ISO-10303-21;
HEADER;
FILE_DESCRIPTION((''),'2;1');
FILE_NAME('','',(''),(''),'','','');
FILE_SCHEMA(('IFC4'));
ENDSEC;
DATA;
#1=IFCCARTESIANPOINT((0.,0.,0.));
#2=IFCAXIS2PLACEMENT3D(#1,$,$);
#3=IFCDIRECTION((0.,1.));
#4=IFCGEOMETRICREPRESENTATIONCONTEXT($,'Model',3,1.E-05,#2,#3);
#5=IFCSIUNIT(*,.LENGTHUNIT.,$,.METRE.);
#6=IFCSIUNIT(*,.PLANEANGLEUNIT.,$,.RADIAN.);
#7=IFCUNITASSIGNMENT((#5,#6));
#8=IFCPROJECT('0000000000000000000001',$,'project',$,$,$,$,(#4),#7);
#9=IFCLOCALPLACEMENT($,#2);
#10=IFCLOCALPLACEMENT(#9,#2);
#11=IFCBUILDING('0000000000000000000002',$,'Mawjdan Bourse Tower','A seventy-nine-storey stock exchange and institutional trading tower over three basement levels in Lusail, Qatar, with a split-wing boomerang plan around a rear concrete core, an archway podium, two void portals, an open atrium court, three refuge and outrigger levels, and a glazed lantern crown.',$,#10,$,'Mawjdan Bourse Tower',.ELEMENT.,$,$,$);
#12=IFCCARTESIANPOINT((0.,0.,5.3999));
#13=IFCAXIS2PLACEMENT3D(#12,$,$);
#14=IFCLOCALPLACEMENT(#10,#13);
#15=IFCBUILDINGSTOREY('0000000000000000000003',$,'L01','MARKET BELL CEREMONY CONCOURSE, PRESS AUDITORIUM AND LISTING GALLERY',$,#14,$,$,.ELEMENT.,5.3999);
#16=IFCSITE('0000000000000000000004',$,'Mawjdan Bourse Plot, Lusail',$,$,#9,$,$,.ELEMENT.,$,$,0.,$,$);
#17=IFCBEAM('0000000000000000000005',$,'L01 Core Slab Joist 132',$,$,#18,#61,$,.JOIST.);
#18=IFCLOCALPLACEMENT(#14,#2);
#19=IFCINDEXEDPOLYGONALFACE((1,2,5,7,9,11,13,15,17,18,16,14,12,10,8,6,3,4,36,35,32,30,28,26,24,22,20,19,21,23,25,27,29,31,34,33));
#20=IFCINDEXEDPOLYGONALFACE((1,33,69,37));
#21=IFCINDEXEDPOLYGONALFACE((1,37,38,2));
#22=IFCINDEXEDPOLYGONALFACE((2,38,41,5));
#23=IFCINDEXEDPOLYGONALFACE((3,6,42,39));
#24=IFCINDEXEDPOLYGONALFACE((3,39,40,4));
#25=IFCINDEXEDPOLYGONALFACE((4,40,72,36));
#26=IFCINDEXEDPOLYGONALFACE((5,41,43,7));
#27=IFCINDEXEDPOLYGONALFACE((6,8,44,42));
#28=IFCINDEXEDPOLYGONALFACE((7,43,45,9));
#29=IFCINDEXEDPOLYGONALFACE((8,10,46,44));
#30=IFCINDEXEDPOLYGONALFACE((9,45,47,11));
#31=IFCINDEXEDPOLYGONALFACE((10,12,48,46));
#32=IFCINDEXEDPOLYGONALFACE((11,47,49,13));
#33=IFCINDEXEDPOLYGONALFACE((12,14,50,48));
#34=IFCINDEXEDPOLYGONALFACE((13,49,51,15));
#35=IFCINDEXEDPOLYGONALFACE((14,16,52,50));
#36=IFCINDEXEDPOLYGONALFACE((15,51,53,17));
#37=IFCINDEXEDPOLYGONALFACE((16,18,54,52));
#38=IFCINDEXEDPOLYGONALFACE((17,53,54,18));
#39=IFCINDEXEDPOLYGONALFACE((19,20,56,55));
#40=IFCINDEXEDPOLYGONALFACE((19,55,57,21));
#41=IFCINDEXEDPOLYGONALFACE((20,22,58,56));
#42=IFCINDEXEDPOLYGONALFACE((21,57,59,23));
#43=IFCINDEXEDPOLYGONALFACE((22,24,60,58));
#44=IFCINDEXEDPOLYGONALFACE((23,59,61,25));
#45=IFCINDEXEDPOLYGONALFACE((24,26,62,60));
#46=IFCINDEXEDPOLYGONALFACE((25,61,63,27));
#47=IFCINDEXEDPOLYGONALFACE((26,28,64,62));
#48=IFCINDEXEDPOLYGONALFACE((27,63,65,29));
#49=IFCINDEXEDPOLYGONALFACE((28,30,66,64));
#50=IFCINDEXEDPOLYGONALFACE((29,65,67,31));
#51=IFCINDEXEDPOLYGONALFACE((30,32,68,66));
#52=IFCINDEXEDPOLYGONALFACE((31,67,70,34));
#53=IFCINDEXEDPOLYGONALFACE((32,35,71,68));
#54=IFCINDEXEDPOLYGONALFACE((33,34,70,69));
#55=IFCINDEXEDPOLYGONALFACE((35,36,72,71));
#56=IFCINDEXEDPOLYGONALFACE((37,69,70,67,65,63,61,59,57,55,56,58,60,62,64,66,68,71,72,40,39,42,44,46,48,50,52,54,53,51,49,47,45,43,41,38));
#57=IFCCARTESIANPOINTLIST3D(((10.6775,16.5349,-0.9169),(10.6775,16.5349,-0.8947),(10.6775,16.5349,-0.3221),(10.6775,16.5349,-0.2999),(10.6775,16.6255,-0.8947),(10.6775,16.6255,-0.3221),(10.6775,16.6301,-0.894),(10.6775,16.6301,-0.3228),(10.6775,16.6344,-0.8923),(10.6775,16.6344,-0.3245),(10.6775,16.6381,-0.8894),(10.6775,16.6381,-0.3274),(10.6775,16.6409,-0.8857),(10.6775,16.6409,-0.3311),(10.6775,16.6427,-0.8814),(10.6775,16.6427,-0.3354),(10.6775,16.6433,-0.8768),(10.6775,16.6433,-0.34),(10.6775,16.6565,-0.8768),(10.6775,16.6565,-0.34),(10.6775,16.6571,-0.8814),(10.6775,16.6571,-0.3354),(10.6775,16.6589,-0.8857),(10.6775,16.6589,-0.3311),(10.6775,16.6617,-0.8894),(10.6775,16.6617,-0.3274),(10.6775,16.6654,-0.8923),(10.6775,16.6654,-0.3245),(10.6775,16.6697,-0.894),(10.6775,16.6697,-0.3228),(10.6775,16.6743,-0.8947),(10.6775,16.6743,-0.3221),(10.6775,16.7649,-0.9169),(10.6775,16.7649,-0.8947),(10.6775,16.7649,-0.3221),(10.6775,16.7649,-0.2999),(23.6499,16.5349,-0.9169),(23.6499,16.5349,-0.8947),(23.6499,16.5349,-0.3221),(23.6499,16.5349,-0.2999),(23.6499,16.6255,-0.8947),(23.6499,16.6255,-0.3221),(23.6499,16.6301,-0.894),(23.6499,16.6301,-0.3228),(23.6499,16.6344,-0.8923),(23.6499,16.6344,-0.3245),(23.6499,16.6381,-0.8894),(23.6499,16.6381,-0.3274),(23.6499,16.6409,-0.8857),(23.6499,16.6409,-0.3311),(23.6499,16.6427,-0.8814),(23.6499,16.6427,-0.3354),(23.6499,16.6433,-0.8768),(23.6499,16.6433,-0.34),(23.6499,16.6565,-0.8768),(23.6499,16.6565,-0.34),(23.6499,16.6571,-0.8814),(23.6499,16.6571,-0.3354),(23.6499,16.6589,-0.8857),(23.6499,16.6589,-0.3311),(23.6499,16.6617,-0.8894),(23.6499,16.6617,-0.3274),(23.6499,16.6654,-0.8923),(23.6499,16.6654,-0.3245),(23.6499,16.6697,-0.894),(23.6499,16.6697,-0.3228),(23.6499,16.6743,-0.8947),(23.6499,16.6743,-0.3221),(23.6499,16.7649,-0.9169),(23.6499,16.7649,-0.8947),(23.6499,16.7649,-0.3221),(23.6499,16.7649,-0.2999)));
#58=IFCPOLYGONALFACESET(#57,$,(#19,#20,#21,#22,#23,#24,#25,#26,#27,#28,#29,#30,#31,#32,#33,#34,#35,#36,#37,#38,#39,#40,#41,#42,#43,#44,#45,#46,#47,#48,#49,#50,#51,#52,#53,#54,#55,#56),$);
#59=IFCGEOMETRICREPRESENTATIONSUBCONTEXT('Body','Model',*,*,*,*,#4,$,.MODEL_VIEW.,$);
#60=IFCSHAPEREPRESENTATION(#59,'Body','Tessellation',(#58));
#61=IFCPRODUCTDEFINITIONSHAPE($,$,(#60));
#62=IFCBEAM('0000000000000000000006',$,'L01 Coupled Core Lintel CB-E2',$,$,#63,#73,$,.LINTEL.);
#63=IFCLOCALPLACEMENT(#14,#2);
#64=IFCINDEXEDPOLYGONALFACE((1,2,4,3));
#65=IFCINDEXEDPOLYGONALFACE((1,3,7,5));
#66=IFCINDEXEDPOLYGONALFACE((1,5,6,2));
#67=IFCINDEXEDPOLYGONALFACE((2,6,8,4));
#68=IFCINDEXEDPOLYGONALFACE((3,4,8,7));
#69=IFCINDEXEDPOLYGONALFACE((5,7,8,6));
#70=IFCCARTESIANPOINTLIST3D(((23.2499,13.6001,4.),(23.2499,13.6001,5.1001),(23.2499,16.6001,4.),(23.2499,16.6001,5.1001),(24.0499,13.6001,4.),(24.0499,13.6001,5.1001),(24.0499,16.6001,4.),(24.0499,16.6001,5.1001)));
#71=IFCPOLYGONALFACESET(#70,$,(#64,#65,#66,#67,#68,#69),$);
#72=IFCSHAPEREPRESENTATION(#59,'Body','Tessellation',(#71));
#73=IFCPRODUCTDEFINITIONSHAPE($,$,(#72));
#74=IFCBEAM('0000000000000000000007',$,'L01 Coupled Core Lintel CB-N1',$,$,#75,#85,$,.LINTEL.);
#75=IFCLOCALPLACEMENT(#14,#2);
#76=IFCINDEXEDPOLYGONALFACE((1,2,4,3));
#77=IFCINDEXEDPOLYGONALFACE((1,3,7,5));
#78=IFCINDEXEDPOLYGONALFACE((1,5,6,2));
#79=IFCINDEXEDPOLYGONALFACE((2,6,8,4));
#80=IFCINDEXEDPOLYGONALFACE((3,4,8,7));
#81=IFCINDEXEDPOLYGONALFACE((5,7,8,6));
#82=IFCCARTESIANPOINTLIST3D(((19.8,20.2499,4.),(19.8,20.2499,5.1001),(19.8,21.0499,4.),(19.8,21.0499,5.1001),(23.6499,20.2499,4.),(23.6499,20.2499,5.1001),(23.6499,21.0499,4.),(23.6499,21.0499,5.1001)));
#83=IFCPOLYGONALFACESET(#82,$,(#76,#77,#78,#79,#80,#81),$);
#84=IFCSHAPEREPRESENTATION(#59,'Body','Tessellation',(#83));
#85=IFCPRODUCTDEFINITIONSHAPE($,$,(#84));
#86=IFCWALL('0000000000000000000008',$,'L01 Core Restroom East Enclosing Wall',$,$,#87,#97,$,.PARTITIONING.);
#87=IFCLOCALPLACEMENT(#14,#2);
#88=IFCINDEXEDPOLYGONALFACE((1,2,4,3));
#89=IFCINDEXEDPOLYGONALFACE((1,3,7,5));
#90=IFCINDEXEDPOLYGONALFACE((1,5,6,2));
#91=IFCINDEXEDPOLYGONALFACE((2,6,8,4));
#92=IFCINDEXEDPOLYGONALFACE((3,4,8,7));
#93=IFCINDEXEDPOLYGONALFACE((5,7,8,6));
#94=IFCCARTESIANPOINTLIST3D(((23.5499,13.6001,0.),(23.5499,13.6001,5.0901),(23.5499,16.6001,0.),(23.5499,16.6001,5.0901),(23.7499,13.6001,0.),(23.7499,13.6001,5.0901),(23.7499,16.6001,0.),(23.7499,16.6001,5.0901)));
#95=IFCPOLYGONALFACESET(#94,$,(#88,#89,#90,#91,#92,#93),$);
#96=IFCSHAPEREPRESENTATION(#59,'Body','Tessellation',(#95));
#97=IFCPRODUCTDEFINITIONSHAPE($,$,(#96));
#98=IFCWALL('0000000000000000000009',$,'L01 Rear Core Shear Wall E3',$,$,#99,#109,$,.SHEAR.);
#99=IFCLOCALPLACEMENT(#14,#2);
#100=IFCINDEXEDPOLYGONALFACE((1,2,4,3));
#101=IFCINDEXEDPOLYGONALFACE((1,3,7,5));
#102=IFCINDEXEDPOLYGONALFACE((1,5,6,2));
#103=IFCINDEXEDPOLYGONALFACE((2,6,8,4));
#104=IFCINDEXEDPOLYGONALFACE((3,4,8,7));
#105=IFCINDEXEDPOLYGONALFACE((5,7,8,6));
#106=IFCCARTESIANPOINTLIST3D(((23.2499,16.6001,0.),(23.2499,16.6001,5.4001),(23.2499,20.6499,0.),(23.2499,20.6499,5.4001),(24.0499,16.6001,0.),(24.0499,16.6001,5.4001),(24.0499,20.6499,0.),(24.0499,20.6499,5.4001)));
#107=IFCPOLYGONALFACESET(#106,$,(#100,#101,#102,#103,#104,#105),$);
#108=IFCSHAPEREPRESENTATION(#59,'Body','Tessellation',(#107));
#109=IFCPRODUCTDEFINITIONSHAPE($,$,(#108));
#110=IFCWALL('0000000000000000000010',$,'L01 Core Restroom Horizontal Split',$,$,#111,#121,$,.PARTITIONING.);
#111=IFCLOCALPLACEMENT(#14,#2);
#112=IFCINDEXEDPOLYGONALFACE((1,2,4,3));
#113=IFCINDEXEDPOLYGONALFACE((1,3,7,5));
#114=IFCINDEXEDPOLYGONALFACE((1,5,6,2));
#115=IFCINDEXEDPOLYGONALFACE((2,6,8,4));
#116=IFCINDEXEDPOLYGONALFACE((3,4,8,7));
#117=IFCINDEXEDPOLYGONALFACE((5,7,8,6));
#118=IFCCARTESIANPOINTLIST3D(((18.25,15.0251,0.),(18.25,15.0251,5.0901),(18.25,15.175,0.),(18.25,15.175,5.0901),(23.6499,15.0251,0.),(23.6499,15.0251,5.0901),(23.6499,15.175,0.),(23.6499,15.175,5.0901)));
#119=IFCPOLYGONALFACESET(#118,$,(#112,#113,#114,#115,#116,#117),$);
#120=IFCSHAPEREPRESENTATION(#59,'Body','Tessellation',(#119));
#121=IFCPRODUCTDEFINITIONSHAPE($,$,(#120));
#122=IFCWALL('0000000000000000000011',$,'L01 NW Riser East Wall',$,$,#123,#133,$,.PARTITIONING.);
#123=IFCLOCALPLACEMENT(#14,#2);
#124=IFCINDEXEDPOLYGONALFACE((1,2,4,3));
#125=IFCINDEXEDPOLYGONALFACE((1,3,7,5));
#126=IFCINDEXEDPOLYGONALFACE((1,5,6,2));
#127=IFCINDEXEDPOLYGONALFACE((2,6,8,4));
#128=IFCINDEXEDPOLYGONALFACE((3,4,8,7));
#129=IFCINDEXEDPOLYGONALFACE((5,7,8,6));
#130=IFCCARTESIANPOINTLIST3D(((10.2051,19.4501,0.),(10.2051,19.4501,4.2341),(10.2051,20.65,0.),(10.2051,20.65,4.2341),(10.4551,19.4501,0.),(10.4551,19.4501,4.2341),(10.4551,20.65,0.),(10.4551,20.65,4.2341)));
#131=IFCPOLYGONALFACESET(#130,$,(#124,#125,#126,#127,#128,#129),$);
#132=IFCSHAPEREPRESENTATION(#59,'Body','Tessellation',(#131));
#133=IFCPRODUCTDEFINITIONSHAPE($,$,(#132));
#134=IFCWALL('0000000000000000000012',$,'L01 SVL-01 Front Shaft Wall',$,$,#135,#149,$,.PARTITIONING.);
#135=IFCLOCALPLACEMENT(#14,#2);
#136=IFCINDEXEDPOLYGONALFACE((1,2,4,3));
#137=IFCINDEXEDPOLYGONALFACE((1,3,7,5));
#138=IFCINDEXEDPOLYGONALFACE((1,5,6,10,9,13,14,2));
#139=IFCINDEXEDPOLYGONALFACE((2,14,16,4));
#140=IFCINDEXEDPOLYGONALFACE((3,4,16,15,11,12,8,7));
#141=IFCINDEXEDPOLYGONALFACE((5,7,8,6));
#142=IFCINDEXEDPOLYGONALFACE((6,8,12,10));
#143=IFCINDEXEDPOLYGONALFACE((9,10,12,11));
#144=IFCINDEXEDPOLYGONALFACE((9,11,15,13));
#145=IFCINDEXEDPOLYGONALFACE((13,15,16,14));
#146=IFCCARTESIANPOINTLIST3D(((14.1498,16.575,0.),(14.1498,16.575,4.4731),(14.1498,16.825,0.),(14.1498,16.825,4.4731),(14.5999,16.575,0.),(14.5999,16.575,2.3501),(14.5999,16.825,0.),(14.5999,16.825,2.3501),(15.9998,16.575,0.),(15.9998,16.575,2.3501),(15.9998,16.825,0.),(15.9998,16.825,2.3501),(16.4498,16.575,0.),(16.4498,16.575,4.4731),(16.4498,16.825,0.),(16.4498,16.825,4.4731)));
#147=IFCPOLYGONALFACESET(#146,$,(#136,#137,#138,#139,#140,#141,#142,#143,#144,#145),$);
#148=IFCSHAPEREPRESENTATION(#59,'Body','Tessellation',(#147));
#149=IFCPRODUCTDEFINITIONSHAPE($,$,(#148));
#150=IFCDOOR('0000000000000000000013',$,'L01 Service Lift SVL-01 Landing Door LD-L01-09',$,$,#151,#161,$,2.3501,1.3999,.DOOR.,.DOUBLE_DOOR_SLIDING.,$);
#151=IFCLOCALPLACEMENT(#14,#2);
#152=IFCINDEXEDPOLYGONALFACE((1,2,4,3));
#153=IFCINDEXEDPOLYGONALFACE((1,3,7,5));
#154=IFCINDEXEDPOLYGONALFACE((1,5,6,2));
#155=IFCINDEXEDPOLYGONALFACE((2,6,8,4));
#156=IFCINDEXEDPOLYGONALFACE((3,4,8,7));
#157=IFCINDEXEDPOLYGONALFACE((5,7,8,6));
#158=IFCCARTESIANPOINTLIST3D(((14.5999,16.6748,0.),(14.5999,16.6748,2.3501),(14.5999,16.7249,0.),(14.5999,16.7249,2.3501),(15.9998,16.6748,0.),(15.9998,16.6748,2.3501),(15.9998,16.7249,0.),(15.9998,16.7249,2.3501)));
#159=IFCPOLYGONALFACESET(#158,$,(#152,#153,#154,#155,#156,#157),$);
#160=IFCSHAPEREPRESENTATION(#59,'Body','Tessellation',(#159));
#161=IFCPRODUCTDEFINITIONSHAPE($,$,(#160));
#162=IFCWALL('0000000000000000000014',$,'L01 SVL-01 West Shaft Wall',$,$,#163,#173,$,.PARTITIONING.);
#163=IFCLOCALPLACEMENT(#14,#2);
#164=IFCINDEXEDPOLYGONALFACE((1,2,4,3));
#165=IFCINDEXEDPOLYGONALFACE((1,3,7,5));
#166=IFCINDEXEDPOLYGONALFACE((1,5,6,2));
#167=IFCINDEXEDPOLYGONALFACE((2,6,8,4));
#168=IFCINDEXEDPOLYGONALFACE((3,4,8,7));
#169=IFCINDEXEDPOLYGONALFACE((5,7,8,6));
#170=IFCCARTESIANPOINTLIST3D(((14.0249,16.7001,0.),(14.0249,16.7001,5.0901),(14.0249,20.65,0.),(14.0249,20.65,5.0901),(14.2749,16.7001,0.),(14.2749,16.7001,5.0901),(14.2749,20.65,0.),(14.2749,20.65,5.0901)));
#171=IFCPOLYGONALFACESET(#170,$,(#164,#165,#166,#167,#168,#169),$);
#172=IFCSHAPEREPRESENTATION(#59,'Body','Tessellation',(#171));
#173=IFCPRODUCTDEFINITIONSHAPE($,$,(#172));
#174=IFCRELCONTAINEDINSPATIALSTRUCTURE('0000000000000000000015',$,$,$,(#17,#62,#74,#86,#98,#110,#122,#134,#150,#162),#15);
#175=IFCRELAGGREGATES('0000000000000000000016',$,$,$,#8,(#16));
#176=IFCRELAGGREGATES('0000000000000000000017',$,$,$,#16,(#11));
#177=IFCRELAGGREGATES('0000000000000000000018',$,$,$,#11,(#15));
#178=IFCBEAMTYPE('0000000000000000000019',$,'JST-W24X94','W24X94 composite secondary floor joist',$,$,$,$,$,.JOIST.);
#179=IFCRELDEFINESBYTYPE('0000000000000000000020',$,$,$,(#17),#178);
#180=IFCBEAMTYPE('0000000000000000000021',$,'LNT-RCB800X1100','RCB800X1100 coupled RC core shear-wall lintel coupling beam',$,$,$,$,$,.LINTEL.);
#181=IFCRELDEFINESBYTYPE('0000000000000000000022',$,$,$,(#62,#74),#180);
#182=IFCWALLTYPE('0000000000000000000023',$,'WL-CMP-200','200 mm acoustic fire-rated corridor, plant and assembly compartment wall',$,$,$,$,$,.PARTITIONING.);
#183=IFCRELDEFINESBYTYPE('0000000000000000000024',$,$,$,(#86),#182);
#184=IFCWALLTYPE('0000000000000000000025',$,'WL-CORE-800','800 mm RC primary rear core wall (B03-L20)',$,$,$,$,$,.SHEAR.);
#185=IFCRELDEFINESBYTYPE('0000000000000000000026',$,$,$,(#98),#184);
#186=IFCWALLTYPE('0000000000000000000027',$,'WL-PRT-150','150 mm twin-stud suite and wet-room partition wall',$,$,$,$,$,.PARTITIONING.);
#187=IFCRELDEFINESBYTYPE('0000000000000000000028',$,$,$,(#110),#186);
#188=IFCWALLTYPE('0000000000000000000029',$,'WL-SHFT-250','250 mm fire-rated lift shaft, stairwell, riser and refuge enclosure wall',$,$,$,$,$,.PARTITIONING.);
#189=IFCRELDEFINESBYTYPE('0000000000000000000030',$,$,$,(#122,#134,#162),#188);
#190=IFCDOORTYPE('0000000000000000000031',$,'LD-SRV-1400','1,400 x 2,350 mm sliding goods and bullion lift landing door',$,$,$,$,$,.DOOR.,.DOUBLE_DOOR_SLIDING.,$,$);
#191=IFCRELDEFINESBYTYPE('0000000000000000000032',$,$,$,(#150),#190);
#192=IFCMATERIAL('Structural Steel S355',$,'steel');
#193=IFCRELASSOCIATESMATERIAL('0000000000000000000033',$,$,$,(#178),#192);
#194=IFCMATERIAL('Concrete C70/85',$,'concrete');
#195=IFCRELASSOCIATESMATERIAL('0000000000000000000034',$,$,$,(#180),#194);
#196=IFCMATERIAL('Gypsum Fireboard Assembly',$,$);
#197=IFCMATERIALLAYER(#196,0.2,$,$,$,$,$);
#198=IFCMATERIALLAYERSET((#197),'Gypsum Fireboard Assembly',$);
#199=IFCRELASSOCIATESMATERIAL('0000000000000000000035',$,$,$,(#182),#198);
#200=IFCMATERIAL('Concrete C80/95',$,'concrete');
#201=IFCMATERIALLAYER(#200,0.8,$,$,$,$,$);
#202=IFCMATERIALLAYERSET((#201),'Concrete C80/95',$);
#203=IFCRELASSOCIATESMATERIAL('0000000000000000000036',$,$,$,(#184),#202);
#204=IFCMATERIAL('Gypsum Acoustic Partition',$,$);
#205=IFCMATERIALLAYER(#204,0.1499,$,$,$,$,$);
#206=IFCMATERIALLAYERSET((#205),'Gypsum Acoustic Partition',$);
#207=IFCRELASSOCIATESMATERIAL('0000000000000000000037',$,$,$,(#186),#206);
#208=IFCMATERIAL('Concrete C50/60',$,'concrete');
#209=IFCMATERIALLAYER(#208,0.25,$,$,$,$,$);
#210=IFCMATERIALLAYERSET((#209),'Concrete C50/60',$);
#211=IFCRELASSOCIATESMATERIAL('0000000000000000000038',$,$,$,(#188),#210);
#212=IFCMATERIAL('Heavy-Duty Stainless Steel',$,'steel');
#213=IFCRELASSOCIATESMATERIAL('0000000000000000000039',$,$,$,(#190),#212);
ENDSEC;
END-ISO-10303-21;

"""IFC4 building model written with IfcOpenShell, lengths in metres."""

from ifc_helpers import new_model, si_unit, direction, frame, frame_2d, origin, origin_2d, place, context, subcontext, project, spatial, rectangle, i_section, extrude, material, layer, layer_set, material_profile, profile_set, type_object, element, fill, save


model = new_model("IFC4")

# Units and contexts
model_context = context("Model", 3, precision=1e-05, world=origin(), true_north=direction((0.0, 1.0)))
body_context = subcontext(model_context, "Body", "Model", "MODEL_VIEW")
ifc_project = project(units=[si_unit("LENGTHUNIT", "METRE"), si_unit("PLANEANGLEUNIT", "RADIAN")], contexts=[model_context])

# Site, building, storey
site_placement = place(None, origin())
site = spatial("IfcSite", under=ifc_project, at=site_placement, Name="Mawjdan Bourse Plot, Lusail", CompositionType="ELEMENT", RefElevation=0.0)
building_placement = place(site_placement, origin())
building = spatial("IfcBuilding", under=site, at=building_placement, Name="Mawjdan Bourse Tower", Description="A seventy-nine-storey stock exchange and institutional trading tower over three basement levels in Lusail, Qatar, with a split-wing boomerang plan around a rear concrete core, an archway podium, two void portals, an open atrium court, three refuge and outrigger levels, and a glazed lantern crown.", LongName="Mawjdan Bourse Tower", CompositionType="ELEMENT")
storey_placement = place(building_placement, frame((0.0, 0.0, 5.3999)))
storey = spatial("IfcBuildingStorey", under=building, at=storey_placement, Name="L01", Description="MARKET BELL CEREMONY CONCOURSE, PRESS AUDITORIUM AND LISTING GALLERY", CompositionType="ELEMENT", Elevation=5.3999)

# Shared definitions
ifc_material_1 = material(Name="Concrete C80/95", Category="concrete")

# Beams
ifc_material_2 = material(Name="Structural Steel S355", Category="steel")
ifc_material_profile_1 = material_profile(ifc_material_2, i_section(OverallWidth=0.23, OverallDepth=0.6169, WebThickness=0.0132, FlangeThickness=0.0222, FilletRadius=0.0178, at=origin_2d()), Name="W24X94")
ifc_profile_set_1 = profile_set([ifc_material_profile_1], Name="Structural Steel S355")
beam_type_1 = type_object("IfcBeamType", Name="JST-W24X94", Description="W24X94 composite secondary floor joist", PredefinedType="JOIST", material=ifc_profile_set_1)
beam_1_placement = place(storey_placement, frame((10.6775, 16.6499, -0.6084), z_axis=(1.0, 0.0, 0.0), x_axis=(0.0, 1.0, 0.0)))
element("IfcBeam", 1, at=beam_1_placement, inside=storey, type_object=beam_type_1, Name="L01 Core Slab Joist 132", PredefinedType="JOIST", context=body_context, shape_type="SweptSolid", body=[
    extrude(i_section(OverallWidth=0.23, OverallDepth=0.6169, WebThickness=0.0132, FlangeThickness=0.0222, FilletRadius=0.0178, at=origin_2d()), origin(), (0.0, 0.0, 1.0), 12.9724),
])
ifc_material_3 = material(Name="Concrete C70/85", Category="concrete")
ifc_material_profile_2 = material_profile(ifc_material_3, rectangle(XDim=0.8, YDim=1.1001, at=origin_2d()), Name="RCB800X1100")
ifc_profile_set_2 = profile_set([ifc_material_profile_2], Name="Concrete C70/85")
beam_type_2 = type_object("IfcBeamType", Name="LNT-RCB800X1100", Description="RCB800X1100 coupled RC core shear-wall lintel coupling beam", PredefinedType="LINTEL", material=ifc_profile_set_2)
beam_2_placement = place(storey_placement, frame((23.6499, 13.6001, 4.55), z_axis=(0.0, 1.0, 0.0), x_axis=(-1.0, 0.0, 0.0)))
element("IfcBeam", 2, at=beam_2_placement, inside=storey, type_object=beam_type_2, Name="L01 Coupled Core Lintel CB-E2", PredefinedType="LINTEL", context=body_context, shape_type="SweptSolid", body=[
    extrude(rectangle(XDim=0.8, YDim=1.1001, at=origin_2d()), origin(), (0.0, 0.0, 1.0), 3.0),
])
beam_3_placement = place(storey_placement, frame((19.8, 20.6499, 4.55), z_axis=(1.0, 0.0, 0.0), x_axis=(0.0, 1.0, 0.0)))
element("IfcBeam", 3, at=beam_3_placement, inside=storey, type_object=beam_type_2, Name="L01 Coupled Core Lintel CB-N1", PredefinedType="LINTEL", context=body_context, shape_type="SweptSolid", body=[
    extrude(rectangle(XDim=0.8, YDim=1.1001, at=origin_2d()), origin(), (0.0, 0.0, 1.0), 3.8499),
])

# Walls
ifc_material_4 = material(Name="Gypsum Fireboard Assembly")
ifc_layer_1 = layer(ifc_material_4, 0.2)
ifc_layer_set_1 = layer_set([ifc_layer_1], Name="Gypsum Fireboard Assembly")
wall_type_1 = type_object("IfcWallType", Name="WL-CMP-200", Description="200 mm acoustic fire-rated corridor, plant and assembly compartment wall", PredefinedType="PARTITIONING", material=ifc_layer_set_1)
wall_1_placement = place(storey_placement, frame((23.6499, 13.6001, 0.0), z_axis=(0.0, 0.0, 1.0), x_axis=(0.0, 1.0, 0.0)))
element("IfcWall", 4, at=wall_1_placement, inside=storey, type_object=wall_type_1, Name="L01 Core Restroom East Enclosing Wall", PredefinedType="PARTITIONING", context=body_context, shape_type="SweptSolid", body=[
    extrude(rectangle(XDim=3.0, YDim=0.2, at=frame_2d((1.5, 0.0))), origin(), (0.0, 0.0, 1.0), 5.0901),
])
ifc_layer_2 = layer(ifc_material_1, 0.8)
ifc_layer_set_2 = layer_set([ifc_layer_2], Name="Concrete C80/95")
wall_type_2 = type_object("IfcWallType", Name="WL-CORE-800", Description="800 mm RC primary rear core wall (B03-L20)", PredefinedType="SHEAR", material=ifc_layer_set_2)
wall_2_placement = place(storey_placement, frame((23.6499, 16.6001, 0.0), z_axis=(0.0, 0.0, 1.0), x_axis=(0.0, 1.0, 0.0)))
element("IfcWall", 5, at=wall_2_placement, inside=storey, type_object=wall_type_2, Name="L01 Rear Core Shear Wall E3", PredefinedType="SHEAR", context=body_context, shape_type="SweptSolid", body=[
    extrude(rectangle(XDim=4.0498, YDim=0.8, at=frame_2d((2.0249, 0.0))), origin(), (0.0, 0.0, 1.0), 5.4001),
])
ifc_material_5 = material(Name="Gypsum Acoustic Partition")
ifc_layer_3 = layer(ifc_material_5, 0.1499)
ifc_layer_set_3 = layer_set([ifc_layer_3], Name="Gypsum Acoustic Partition")
wall_type_3 = type_object("IfcWallType", Name="WL-PRT-150", Description="150 mm twin-stud suite and wet-room partition wall", PredefinedType="PARTITIONING", material=ifc_layer_set_3)
wall_3_placement = place(storey_placement, frame((18.25, 15.1001, 0.0), z_axis=(0.0, 0.0, 1.0), x_axis=(1.0, 0.0, 0.0)))
element("IfcWall", 6, at=wall_3_placement, inside=storey, type_object=wall_type_3, Name="L01 Core Restroom Horizontal Split", PredefinedType="PARTITIONING", context=body_context, shape_type="SweptSolid", body=[
    extrude(rectangle(XDim=5.3999, YDim=0.1499, at=frame_2d((2.7, 0.0))), origin(), (0.0, 0.0, 1.0), 5.0901),
])
ifc_material_6 = material(Name="Concrete C50/60", Category="concrete")
ifc_layer_4 = layer(ifc_material_6, 0.25)
ifc_layer_set_4 = layer_set([ifc_layer_4], Name="Concrete C50/60")
wall_type_4 = type_object("IfcWallType", Name="WL-SHFT-250", Description="250 mm fire-rated lift shaft, stairwell, riser and refuge enclosure wall", PredefinedType="PARTITIONING", material=ifc_layer_set_4)
wall_4_placement = place(storey_placement, frame((10.3301, 19.45, 0.0), z_axis=(0.0, 0.0, 1.0), x_axis=(0.0, 1.0, 0.0)))
element("IfcWall", 7, at=wall_4_placement, inside=storey, type_object=wall_type_4, Name="L01 NW Riser East Wall", PredefinedType="PARTITIONING", context=body_context, shape_type="SweptSolid", body=[
    extrude(rectangle(XDim=1.2, YDim=0.25, at=frame_2d((0.6001, 0.0))), origin(), (0.0, 0.0, 1.0), 4.2341),
])

# Wall, opening, door
wall_5_placement = place(storey_placement, frame((14.1499, 16.7, 0.0), z_axis=(0.0, 0.0, 1.0), x_axis=(1.0, 0.0, 0.0)))
wall_5 = element("IfcWall", 8, at=wall_5_placement, inside=storey, type_object=wall_type_4, Name="L01 SVL-01 Front Shaft Wall", PredefinedType="PARTITIONING", context=body_context, shape_type="SweptSolid", body=[
    extrude(rectangle(XDim=2.3, YDim=0.25, at=frame_2d((1.1499, 0.0))), origin(), (0.0, 0.0, 1.0), 4.4731),
])
opening_1_placement = place(wall_5_placement, frame((0.45, 0.0, 0.0)))
opening_1 = element("IfcOpeningElement", 9, at=opening_1_placement, cuts=wall_5, PredefinedType="OPENING", context=body_context, shape_type="SweptSolid", body=[
    extrude(rectangle(XDim=1.3999, YDim=2.3501, at=frame_2d((0.7, 1.175))), frame((0.0, 0.135, 0.0), z_axis=(0.0, -1.0, 0.0), x_axis=(1.0, 0.0, 0.0)), (0.0, 0.0, 1.0), 0.27),
])
ifc_material_7 = material(Name="Heavy-Duty Stainless Steel", Category="steel")
door_type_1 = type_object("IfcDoorType", Name="LD-SRV-1400", Description="1,400 x 2,350 mm sliding goods and bullion lift landing door", OperationType="DOUBLE_DOOR_SLIDING", PredefinedType="DOOR", material=ifc_material_7)
door_1_placement = place(opening_1_placement, origin())
door_1 = element("IfcDoor", 10, at=door_1_placement, inside=storey, type_object=door_type_1, Name="L01 Service Lift SVL-01 Landing Door LD-L01-09", OperationType="DOUBLE_DOOR_SLIDING", OverallHeight=2.3501, OverallWidth=1.3999, PredefinedType="DOOR", context=body_context, shape_type="SweptSolid", body=[
    extrude(rectangle(XDim=1.3999, YDim=2.3501, at=frame_2d((0.7, 1.175))), frame((0.0, 0.0249, 0.0), z_axis=(0.0, -1.0, 0.0), x_axis=(1.0, 0.0, 0.0)), (0.0, 0.0, 1.0), 0.05),
])
fill(opening_1, door_1)

# Wall
for number, where, z_axis, x_axis, name in (
    (11, (14.1499, 16.7, 0.0), (0.0, 0.0, 1.0), (0.0, 1.0, 0.0), "L01 SVL-01 West Shaft Wall"),
):
    element("IfcWall", number, at=place(storey_placement, frame(where, z_axis=z_axis, x_axis=x_axis)), inside=storey, type_object=wall_type_4, Name=name, PredefinedType="PARTITIONING", context=body_context, shape_type="SweptSolid", body=[
        extrude(rectangle(XDim=3.95, YDim=0.25, at=frame_2d((1.9751, 0.0))), origin(), (0.0, 0.0, 1.0), 5.0901),
    ])

save(model, "model.ifc")
